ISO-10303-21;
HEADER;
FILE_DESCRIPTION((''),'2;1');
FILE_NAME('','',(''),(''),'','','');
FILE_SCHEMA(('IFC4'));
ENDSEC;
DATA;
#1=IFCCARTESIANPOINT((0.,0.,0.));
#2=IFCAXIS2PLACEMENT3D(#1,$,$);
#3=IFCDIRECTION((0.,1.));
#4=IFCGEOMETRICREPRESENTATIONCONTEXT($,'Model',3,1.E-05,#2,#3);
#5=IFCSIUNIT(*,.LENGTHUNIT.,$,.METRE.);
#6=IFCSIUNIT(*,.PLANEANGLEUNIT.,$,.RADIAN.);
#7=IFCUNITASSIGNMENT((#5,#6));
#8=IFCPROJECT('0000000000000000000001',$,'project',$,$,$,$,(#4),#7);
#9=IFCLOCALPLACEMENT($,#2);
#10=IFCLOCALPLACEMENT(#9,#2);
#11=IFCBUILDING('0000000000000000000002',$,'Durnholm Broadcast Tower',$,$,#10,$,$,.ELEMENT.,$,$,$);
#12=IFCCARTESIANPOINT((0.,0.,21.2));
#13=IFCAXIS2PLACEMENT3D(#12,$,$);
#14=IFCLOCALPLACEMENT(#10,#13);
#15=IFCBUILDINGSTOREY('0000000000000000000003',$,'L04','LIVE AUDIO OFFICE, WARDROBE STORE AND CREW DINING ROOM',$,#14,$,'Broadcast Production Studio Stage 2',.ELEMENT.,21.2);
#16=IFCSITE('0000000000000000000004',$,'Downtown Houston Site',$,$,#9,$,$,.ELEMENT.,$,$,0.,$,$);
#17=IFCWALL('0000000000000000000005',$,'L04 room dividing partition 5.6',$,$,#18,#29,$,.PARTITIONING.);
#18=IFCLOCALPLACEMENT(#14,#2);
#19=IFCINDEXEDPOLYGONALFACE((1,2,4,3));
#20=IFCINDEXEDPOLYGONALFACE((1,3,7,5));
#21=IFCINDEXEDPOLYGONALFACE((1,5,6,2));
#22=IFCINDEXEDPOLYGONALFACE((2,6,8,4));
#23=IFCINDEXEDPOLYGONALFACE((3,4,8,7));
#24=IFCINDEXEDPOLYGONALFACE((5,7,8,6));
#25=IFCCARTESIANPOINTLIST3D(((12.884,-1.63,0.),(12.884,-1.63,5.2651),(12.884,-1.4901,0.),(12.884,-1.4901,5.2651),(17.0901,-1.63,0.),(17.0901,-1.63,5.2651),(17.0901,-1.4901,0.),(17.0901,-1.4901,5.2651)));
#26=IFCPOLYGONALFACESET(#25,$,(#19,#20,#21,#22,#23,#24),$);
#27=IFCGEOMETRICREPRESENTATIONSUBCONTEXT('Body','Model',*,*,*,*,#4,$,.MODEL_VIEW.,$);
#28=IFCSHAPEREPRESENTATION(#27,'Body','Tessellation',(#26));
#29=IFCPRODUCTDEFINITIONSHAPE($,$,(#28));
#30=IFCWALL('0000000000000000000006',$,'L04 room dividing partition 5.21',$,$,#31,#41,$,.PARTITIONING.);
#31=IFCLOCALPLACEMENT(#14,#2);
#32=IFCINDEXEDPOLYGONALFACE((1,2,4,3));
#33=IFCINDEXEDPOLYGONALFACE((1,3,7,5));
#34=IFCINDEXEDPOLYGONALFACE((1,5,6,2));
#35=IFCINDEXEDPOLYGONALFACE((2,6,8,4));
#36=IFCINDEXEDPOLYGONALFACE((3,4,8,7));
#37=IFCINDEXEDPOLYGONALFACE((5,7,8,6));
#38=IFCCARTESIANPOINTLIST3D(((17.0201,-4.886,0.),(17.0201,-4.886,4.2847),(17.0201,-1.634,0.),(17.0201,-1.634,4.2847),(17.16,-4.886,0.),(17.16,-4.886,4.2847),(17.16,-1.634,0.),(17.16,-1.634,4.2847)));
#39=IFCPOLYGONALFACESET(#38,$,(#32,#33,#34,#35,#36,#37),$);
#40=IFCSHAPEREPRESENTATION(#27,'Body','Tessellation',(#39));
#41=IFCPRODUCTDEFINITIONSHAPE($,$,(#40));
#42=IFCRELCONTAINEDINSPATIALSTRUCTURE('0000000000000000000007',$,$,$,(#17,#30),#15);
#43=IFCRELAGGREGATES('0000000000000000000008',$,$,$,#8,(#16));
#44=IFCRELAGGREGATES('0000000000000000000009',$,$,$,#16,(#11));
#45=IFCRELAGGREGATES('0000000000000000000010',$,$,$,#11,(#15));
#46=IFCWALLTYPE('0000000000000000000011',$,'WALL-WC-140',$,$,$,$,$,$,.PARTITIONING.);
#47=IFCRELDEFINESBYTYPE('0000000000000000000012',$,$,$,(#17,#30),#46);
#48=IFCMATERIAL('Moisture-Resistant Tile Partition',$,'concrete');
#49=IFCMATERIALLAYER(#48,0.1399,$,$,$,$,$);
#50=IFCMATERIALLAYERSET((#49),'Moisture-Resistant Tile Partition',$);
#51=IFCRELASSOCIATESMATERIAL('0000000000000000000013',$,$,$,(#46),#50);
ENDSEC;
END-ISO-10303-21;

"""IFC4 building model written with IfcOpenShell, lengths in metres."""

from ifc_helpers import new_model, si_unit, direction, frame, frame_2d, origin, place, context, subcontext, project, spatial, rectangle, extrude, material, layer, layer_set, type_object, element, save


model = new_model("IFC4")

# Units and contexts
model_context = context("Model", 3, precision=1e-05, world=origin(), true_north=direction((0.0, 1.0)))
body_context = subcontext(model_context, "Body", "Model", "MODEL_VIEW")
ifc_project = project(units=[si_unit("LENGTHUNIT", "METRE"), si_unit("PLANEANGLEUNIT", "RADIAN")], contexts=[model_context])

# Site, building, storey
site_placement = place(None, origin())
site = spatial("IfcSite", under=ifc_project, at=site_placement, Name="Downtown Houston Site", CompositionType="ELEMENT", RefElevation=0.0)
building_placement = place(site_placement, origin())
building = spatial("IfcBuilding", under=site, at=building_placement, Name="Durnholm Broadcast Tower", CompositionType="ELEMENT")
storey_placement = place(building_placement, frame((0.0, 0.0, 21.2)))
storey = spatial("IfcBuildingStorey", under=building, at=storey_placement, Name="L04", Description="LIVE AUDIO OFFICE, WARDROBE STORE AND CREW DINING ROOM", LongName="Broadcast Production Studio Stage 2", CompositionType="ELEMENT", Elevation=21.2)

# Shared definitions
ifc_material_1 = material(Name="Moisture-Resistant Tile Partition", Category="concrete")
ifc_layer_1 = layer(ifc_material_1, 0.1399)
ifc_layer_set_1 = layer_set([ifc_layer_1], Name="Moisture-Resistant Tile Partition")
wall_type = type_object("IfcWallType", Name="WALL-WC-140", PredefinedType="PARTITIONING", material=ifc_layer_set_1)

# Walls
wall_1_placement = place(storey_placement, frame((12.884, -1.5601, 0.0), z_axis=(0.0, 0.0, 1.0), x_axis=(1.0, 0.0, 0.0)))
element("IfcWall", 1, at=wall_1_placement, inside=storey, type_object=wall_type, Name="L04 room dividing partition 5.6", PredefinedType="PARTITIONING", context=body_context, shape_type="SweptSolid", body=[
    extrude(rectangle(XDim=4.2061, YDim=0.1399, at=frame_2d((2.103, 0.0))), origin(), (0.0, 0.0, 1.0), 5.2651),
])
wall_2_placement = place(storey_placement, frame((17.0901, -1.634, 0.0), z_axis=(0.0, 0.0, 1.0), x_axis=(0.0, -1.0, 0.0)))
element("IfcWall", 2, at=wall_2_placement, inside=storey, type_object=wall_type, Name="L04 room dividing partition 5.21", PredefinedType="PARTITIONING", context=body_context, shape_type="SweptSolid", body=[
    extrude(rectangle(XDim=3.252, YDim=0.1399, at=frame_2d((1.626, 0.0))), origin(), (0.0, 0.0, 1.0), 4.2847),
])

save(model, "model.ifc")
